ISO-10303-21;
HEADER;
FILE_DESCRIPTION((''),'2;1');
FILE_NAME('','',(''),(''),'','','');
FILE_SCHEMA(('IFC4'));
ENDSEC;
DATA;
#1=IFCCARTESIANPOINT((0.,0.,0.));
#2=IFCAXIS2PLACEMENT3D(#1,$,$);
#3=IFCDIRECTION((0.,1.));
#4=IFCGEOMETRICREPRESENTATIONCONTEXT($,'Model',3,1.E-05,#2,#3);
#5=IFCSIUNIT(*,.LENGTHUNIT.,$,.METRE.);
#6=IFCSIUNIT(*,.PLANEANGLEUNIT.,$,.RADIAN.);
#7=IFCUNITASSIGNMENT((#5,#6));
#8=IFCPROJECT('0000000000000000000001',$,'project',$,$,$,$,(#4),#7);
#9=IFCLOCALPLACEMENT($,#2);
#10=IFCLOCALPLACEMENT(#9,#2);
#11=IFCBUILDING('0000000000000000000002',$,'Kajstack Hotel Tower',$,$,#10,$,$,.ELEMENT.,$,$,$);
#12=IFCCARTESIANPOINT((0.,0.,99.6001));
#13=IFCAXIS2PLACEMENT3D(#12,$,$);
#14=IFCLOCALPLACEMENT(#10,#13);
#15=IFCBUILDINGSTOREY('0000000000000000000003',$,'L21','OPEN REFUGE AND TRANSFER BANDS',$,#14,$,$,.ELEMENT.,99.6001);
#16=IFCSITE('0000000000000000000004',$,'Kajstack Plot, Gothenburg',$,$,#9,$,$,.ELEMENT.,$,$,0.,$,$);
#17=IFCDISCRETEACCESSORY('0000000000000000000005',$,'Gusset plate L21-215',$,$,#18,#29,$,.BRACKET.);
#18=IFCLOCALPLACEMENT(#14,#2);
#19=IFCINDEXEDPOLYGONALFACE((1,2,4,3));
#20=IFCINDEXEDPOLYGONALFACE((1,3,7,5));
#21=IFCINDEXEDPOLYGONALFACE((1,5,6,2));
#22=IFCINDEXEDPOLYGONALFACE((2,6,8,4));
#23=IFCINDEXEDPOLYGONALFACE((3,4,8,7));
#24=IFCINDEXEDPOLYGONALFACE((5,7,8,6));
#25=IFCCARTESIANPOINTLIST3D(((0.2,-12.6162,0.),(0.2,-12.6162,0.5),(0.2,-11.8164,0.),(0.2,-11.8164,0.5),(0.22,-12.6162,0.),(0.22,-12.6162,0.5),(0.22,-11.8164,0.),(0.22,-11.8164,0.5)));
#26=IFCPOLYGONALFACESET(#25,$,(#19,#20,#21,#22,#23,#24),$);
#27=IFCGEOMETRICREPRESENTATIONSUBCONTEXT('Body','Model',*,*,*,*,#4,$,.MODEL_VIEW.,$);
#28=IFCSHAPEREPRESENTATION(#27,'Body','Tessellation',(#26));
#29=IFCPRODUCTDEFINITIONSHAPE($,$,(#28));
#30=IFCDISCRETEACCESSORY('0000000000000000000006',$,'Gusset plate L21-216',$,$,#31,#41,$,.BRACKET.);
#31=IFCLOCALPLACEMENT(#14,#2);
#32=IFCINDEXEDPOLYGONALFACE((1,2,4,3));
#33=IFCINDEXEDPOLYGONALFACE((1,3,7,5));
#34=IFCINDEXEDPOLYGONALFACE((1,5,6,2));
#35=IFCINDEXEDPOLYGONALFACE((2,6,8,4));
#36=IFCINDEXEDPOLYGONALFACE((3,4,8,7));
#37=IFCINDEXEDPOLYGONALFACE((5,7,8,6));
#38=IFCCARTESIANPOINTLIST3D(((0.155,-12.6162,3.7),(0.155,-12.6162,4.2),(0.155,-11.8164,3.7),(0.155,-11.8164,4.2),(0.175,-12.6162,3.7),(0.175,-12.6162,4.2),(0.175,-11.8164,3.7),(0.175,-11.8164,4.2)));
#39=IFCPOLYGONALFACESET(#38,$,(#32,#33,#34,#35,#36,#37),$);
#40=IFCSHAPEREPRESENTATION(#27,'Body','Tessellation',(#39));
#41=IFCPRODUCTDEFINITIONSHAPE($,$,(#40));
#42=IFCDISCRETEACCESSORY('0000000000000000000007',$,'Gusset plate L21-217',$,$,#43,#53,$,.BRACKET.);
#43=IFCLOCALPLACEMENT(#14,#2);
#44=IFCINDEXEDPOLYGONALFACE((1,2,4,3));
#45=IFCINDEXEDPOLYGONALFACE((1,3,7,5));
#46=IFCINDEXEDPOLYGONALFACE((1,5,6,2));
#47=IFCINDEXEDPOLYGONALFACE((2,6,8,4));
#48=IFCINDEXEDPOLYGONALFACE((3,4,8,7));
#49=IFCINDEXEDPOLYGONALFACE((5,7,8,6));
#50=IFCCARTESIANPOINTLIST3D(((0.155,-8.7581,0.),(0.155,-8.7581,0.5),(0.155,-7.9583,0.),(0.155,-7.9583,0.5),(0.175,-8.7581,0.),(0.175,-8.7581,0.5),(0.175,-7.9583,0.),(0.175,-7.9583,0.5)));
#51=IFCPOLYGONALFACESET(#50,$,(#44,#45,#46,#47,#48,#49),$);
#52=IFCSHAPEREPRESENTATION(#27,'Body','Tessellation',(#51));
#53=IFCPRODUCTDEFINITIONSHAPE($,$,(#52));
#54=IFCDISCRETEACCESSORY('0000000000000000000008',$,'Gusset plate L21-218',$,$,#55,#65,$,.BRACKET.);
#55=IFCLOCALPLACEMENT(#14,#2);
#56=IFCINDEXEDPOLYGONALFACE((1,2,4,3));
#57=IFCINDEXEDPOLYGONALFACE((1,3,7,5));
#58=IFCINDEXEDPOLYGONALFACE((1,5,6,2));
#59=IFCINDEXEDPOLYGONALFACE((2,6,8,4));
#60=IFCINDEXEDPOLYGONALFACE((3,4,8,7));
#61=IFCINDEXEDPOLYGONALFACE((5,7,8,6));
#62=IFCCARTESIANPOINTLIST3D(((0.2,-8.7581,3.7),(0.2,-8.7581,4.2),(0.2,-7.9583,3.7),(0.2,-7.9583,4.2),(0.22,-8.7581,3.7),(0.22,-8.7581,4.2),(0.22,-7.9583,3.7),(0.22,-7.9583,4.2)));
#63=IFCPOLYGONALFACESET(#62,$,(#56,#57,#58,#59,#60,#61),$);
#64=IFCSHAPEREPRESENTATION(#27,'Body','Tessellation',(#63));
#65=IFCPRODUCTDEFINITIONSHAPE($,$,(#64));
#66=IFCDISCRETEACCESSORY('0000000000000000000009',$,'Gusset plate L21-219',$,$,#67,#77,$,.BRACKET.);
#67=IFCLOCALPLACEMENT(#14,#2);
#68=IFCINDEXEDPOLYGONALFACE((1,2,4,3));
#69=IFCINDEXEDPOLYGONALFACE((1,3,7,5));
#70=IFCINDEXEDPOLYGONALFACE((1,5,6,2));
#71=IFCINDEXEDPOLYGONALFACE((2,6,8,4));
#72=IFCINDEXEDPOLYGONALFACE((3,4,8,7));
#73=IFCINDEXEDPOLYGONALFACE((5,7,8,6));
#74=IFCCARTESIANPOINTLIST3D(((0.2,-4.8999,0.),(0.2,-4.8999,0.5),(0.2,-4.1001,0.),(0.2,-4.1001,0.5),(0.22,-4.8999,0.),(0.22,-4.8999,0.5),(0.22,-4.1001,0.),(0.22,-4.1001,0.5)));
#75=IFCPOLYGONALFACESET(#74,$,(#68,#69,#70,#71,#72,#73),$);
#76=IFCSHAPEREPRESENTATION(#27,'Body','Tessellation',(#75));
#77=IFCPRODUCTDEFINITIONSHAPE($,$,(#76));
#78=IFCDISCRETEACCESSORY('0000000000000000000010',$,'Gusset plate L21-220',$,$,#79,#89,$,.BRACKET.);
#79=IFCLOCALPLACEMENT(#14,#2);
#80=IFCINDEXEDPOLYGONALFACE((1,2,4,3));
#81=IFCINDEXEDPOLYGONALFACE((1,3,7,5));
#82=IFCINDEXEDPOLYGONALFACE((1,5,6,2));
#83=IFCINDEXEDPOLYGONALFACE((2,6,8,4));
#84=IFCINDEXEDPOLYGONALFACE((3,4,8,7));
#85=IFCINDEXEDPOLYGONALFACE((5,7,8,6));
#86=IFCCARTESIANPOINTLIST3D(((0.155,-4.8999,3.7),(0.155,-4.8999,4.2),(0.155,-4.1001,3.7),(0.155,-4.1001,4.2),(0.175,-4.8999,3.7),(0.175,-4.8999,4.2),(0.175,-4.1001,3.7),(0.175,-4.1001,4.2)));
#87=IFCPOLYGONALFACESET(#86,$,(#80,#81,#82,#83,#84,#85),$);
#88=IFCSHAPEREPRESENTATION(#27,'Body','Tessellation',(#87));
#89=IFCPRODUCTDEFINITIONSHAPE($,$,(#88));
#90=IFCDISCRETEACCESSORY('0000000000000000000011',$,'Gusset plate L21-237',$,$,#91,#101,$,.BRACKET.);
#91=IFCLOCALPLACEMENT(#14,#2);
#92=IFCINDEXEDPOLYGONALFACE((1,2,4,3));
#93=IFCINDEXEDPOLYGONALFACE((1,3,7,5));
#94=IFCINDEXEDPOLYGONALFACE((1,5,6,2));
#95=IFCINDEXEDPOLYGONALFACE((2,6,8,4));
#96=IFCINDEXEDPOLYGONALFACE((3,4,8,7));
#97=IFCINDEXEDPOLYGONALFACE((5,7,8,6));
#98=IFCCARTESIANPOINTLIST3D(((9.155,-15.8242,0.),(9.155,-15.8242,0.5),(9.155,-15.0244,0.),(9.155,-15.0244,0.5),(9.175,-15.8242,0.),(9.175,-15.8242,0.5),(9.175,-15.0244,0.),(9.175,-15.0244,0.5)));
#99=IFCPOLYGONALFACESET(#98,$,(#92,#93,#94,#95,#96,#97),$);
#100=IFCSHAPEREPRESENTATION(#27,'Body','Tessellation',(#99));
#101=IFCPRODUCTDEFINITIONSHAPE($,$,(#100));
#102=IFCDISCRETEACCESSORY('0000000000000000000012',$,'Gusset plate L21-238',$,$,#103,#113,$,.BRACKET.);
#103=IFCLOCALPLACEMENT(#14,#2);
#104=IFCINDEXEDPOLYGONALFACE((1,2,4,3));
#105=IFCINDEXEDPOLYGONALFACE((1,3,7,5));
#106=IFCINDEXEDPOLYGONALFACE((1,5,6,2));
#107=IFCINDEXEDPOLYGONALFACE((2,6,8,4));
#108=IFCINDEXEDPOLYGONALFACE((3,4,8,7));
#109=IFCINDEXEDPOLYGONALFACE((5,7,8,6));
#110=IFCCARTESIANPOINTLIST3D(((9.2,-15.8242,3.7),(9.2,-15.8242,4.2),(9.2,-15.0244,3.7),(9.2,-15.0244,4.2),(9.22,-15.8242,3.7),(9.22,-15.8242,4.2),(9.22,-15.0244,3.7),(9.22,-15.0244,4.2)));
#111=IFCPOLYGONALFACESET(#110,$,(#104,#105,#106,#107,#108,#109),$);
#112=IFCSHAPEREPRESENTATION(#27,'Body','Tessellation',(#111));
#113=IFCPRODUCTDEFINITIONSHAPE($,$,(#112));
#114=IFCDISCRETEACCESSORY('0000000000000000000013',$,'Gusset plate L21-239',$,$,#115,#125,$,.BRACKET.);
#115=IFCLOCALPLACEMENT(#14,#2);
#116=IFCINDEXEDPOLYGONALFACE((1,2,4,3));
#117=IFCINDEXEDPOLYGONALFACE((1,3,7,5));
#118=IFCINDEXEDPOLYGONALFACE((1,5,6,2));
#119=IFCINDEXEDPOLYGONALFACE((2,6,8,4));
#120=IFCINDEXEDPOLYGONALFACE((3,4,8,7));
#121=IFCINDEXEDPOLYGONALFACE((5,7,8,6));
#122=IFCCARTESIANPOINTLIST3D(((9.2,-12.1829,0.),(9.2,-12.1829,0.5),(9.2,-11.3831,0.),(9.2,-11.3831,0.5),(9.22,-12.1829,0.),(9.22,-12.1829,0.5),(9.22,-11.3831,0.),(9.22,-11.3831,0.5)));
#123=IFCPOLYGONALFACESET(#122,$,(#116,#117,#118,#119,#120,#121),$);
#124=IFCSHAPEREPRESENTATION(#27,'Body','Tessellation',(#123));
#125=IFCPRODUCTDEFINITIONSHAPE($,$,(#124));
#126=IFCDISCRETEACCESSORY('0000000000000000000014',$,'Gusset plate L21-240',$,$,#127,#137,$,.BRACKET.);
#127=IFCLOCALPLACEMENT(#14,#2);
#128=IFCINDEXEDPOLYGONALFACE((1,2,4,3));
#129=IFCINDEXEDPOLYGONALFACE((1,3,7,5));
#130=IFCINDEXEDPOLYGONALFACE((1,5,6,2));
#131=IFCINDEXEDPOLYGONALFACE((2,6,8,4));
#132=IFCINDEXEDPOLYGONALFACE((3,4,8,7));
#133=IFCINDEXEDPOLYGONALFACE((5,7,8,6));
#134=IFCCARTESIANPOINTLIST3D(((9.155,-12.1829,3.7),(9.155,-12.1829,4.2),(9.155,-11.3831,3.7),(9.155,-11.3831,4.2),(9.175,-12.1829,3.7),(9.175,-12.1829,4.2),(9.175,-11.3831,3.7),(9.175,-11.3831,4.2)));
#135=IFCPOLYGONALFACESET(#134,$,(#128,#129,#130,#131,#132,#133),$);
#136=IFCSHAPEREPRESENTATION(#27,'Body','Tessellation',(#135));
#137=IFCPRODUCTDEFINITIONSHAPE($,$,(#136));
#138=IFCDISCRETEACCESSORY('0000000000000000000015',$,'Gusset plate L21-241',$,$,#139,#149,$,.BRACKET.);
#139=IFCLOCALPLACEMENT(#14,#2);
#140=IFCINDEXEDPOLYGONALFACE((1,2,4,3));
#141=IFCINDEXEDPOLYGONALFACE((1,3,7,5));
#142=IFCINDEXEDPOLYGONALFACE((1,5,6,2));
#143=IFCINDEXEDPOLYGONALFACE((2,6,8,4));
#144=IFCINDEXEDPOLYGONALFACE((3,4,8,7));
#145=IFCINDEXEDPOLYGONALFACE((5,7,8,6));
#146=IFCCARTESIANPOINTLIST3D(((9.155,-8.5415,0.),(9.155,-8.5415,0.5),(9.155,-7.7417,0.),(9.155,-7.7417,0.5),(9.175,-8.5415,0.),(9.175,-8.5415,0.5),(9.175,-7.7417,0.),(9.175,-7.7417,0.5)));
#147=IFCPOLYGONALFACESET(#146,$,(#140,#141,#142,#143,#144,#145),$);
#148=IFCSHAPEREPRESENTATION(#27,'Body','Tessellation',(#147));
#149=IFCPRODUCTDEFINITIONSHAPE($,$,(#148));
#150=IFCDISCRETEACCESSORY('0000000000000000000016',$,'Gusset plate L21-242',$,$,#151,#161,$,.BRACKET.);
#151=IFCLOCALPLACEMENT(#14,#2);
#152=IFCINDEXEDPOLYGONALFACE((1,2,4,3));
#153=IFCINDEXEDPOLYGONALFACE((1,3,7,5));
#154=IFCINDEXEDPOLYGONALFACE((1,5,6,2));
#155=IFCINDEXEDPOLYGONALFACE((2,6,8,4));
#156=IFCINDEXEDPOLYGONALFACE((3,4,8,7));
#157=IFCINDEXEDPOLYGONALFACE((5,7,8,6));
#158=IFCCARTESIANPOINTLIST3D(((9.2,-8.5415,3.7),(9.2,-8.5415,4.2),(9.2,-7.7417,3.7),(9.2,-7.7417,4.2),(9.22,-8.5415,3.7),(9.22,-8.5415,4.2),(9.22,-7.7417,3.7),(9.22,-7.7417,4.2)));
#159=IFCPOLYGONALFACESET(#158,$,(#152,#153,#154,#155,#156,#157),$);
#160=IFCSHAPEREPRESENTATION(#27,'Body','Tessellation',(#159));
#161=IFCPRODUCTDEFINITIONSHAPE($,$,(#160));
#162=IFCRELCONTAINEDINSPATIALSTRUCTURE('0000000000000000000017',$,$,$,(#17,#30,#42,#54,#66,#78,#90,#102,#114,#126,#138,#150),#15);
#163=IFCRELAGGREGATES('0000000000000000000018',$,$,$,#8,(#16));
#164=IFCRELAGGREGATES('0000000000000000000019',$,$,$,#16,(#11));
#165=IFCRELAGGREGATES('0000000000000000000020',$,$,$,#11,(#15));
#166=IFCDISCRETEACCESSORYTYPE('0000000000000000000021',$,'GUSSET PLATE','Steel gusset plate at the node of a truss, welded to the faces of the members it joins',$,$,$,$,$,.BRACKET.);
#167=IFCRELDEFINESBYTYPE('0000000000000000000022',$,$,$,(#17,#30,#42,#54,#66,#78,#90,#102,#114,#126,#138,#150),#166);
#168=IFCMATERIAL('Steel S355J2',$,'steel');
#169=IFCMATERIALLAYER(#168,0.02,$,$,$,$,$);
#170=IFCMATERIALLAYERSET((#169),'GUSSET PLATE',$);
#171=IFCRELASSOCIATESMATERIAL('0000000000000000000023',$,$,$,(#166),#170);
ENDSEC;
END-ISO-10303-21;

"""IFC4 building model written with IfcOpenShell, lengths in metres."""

from ifc_helpers import new_model, si_unit, direction, frame, origin, place, context, subcontext, project, spatial, polyline, outline, extrude, material, layer, layer_set, type_object, element, save


model = new_model("IFC4")

# Units and contexts
model_context = context("Model", 3, precision=1e-05, world=origin(), true_north=direction((0.0, 1.0)))
body_context = subcontext(model_context, "Body", "Model", "MODEL_VIEW")
ifc_project = project(units=[si_unit("LENGTHUNIT", "METRE"), si_unit("PLANEANGLEUNIT", "RADIAN")], contexts=[model_context])

# Site, building, storey
site_placement = place(None, origin())
site = spatial("IfcSite", under=ifc_project, at=site_placement, Name="Kajstack Plot, Gothenburg", CompositionType="ELEMENT", RefElevation=0.0)
building_placement = place(site_placement, origin())
building = spatial("IfcBuilding", under=site, at=building_placement, Name="Kajstack Hotel Tower", CompositionType="ELEMENT")
storey_placement = place(building_placement, frame((0.0, 0.0, 99.6001)))
storey = spatial("IfcBuildingStorey", under=building, at=storey_placement, Name="L21", Description="OPEN REFUGE AND TRANSFER BANDS", CompositionType="ELEMENT", Elevation=99.6001)

# Shared definitions
ifc_material = material(Name="Steel S355J2", Category="steel")

# Discrete accessories
ifc_layer = layer(ifc_material, 0.02)
ifc_layer_set = layer_set([ifc_layer], Name="GUSSET PLATE")
discrete_accessory_type = type_object("IfcDiscreteAccessoryType", Name="GUSSET PLATE", Description="Steel gusset plate at the node of a truss, welded to the faces of the members it joins", PredefinedType="BRACKET", material=ifc_layer_set)
for number, where, z_axis, x_axis, name in (
    (1, (0.2, -12.2163, 0.0), (1.0, 0.0, 0.0), (0.0, 1.0, 0.0), "Gusset plate L21-215"),
    (2, (0.155, -12.2163, 3.7), (1.0, 0.0, 0.0), (0.0, 1.0, 0.0), "Gusset plate L21-216"),
    (3, (0.155, -8.3582, 0.0), (1.0, 0.0, 0.0), (0.0, 1.0, 0.0), "Gusset plate L21-217"),
    (4, (0.2, -8.3582, 3.7), (1.0, 0.0, 0.0), (0.0, 1.0, 0.0), "Gusset plate L21-218"),
    (5, (0.2, -4.5, 0.0), (1.0, 0.0, 0.0), (0.0, 1.0, 0.0), "Gusset plate L21-219"),
    (6, (0.155, -4.5, 3.7), (1.0, 0.0, 0.0), (0.0, 1.0, 0.0), "Gusset plate L21-220"),
    (7, (9.155, -15.4243, 0.0), (1.0, 0.0, 0.0), (0.0, 1.0, 0.0), "Gusset plate L21-237"),
    (8, (9.2, -15.4243, 3.7), (1.0, 0.0, 0.0), (0.0, 1.0, 0.0), "Gusset plate L21-238"),
    (9, (9.2, -11.783, 0.0), (1.0, 0.0, 0.0), (0.0, 1.0, 0.0), "Gusset plate L21-239"),
    (10, (9.155, -11.783, 3.7), (1.0, 0.0, 0.0), (0.0, 1.0, 0.0), "Gusset plate L21-240"),
    (11, (9.155, -8.1416, 0.0), (1.0, 0.0, 0.0), (0.0, 1.0, 0.0), "Gusset plate L21-241"),
    (12, (9.2, -8.1416, 3.7), (1.0, 0.0, 0.0), (0.0, 1.0, 0.0), "Gusset plate L21-242"),
):
    element("IfcDiscreteAccessory", number, at=place(storey_placement, frame(where, z_axis=z_axis, x_axis=x_axis)), inside=storey, type_object=discrete_accessory_type, Name=name, PredefinedType="BRACKET", context=body_context, shape_type="SweptSolid", body=[
        extrude(outline(polyline([(-0.3999, 0.0), (0.3999, 0.0), (0.3999, 0.5), (-0.3999, 0.5), (-0.3999, 0.0)])), origin(), (0.0, 0.0, 1.0), 0.02),
    ])

save(model, "model.ifc")
